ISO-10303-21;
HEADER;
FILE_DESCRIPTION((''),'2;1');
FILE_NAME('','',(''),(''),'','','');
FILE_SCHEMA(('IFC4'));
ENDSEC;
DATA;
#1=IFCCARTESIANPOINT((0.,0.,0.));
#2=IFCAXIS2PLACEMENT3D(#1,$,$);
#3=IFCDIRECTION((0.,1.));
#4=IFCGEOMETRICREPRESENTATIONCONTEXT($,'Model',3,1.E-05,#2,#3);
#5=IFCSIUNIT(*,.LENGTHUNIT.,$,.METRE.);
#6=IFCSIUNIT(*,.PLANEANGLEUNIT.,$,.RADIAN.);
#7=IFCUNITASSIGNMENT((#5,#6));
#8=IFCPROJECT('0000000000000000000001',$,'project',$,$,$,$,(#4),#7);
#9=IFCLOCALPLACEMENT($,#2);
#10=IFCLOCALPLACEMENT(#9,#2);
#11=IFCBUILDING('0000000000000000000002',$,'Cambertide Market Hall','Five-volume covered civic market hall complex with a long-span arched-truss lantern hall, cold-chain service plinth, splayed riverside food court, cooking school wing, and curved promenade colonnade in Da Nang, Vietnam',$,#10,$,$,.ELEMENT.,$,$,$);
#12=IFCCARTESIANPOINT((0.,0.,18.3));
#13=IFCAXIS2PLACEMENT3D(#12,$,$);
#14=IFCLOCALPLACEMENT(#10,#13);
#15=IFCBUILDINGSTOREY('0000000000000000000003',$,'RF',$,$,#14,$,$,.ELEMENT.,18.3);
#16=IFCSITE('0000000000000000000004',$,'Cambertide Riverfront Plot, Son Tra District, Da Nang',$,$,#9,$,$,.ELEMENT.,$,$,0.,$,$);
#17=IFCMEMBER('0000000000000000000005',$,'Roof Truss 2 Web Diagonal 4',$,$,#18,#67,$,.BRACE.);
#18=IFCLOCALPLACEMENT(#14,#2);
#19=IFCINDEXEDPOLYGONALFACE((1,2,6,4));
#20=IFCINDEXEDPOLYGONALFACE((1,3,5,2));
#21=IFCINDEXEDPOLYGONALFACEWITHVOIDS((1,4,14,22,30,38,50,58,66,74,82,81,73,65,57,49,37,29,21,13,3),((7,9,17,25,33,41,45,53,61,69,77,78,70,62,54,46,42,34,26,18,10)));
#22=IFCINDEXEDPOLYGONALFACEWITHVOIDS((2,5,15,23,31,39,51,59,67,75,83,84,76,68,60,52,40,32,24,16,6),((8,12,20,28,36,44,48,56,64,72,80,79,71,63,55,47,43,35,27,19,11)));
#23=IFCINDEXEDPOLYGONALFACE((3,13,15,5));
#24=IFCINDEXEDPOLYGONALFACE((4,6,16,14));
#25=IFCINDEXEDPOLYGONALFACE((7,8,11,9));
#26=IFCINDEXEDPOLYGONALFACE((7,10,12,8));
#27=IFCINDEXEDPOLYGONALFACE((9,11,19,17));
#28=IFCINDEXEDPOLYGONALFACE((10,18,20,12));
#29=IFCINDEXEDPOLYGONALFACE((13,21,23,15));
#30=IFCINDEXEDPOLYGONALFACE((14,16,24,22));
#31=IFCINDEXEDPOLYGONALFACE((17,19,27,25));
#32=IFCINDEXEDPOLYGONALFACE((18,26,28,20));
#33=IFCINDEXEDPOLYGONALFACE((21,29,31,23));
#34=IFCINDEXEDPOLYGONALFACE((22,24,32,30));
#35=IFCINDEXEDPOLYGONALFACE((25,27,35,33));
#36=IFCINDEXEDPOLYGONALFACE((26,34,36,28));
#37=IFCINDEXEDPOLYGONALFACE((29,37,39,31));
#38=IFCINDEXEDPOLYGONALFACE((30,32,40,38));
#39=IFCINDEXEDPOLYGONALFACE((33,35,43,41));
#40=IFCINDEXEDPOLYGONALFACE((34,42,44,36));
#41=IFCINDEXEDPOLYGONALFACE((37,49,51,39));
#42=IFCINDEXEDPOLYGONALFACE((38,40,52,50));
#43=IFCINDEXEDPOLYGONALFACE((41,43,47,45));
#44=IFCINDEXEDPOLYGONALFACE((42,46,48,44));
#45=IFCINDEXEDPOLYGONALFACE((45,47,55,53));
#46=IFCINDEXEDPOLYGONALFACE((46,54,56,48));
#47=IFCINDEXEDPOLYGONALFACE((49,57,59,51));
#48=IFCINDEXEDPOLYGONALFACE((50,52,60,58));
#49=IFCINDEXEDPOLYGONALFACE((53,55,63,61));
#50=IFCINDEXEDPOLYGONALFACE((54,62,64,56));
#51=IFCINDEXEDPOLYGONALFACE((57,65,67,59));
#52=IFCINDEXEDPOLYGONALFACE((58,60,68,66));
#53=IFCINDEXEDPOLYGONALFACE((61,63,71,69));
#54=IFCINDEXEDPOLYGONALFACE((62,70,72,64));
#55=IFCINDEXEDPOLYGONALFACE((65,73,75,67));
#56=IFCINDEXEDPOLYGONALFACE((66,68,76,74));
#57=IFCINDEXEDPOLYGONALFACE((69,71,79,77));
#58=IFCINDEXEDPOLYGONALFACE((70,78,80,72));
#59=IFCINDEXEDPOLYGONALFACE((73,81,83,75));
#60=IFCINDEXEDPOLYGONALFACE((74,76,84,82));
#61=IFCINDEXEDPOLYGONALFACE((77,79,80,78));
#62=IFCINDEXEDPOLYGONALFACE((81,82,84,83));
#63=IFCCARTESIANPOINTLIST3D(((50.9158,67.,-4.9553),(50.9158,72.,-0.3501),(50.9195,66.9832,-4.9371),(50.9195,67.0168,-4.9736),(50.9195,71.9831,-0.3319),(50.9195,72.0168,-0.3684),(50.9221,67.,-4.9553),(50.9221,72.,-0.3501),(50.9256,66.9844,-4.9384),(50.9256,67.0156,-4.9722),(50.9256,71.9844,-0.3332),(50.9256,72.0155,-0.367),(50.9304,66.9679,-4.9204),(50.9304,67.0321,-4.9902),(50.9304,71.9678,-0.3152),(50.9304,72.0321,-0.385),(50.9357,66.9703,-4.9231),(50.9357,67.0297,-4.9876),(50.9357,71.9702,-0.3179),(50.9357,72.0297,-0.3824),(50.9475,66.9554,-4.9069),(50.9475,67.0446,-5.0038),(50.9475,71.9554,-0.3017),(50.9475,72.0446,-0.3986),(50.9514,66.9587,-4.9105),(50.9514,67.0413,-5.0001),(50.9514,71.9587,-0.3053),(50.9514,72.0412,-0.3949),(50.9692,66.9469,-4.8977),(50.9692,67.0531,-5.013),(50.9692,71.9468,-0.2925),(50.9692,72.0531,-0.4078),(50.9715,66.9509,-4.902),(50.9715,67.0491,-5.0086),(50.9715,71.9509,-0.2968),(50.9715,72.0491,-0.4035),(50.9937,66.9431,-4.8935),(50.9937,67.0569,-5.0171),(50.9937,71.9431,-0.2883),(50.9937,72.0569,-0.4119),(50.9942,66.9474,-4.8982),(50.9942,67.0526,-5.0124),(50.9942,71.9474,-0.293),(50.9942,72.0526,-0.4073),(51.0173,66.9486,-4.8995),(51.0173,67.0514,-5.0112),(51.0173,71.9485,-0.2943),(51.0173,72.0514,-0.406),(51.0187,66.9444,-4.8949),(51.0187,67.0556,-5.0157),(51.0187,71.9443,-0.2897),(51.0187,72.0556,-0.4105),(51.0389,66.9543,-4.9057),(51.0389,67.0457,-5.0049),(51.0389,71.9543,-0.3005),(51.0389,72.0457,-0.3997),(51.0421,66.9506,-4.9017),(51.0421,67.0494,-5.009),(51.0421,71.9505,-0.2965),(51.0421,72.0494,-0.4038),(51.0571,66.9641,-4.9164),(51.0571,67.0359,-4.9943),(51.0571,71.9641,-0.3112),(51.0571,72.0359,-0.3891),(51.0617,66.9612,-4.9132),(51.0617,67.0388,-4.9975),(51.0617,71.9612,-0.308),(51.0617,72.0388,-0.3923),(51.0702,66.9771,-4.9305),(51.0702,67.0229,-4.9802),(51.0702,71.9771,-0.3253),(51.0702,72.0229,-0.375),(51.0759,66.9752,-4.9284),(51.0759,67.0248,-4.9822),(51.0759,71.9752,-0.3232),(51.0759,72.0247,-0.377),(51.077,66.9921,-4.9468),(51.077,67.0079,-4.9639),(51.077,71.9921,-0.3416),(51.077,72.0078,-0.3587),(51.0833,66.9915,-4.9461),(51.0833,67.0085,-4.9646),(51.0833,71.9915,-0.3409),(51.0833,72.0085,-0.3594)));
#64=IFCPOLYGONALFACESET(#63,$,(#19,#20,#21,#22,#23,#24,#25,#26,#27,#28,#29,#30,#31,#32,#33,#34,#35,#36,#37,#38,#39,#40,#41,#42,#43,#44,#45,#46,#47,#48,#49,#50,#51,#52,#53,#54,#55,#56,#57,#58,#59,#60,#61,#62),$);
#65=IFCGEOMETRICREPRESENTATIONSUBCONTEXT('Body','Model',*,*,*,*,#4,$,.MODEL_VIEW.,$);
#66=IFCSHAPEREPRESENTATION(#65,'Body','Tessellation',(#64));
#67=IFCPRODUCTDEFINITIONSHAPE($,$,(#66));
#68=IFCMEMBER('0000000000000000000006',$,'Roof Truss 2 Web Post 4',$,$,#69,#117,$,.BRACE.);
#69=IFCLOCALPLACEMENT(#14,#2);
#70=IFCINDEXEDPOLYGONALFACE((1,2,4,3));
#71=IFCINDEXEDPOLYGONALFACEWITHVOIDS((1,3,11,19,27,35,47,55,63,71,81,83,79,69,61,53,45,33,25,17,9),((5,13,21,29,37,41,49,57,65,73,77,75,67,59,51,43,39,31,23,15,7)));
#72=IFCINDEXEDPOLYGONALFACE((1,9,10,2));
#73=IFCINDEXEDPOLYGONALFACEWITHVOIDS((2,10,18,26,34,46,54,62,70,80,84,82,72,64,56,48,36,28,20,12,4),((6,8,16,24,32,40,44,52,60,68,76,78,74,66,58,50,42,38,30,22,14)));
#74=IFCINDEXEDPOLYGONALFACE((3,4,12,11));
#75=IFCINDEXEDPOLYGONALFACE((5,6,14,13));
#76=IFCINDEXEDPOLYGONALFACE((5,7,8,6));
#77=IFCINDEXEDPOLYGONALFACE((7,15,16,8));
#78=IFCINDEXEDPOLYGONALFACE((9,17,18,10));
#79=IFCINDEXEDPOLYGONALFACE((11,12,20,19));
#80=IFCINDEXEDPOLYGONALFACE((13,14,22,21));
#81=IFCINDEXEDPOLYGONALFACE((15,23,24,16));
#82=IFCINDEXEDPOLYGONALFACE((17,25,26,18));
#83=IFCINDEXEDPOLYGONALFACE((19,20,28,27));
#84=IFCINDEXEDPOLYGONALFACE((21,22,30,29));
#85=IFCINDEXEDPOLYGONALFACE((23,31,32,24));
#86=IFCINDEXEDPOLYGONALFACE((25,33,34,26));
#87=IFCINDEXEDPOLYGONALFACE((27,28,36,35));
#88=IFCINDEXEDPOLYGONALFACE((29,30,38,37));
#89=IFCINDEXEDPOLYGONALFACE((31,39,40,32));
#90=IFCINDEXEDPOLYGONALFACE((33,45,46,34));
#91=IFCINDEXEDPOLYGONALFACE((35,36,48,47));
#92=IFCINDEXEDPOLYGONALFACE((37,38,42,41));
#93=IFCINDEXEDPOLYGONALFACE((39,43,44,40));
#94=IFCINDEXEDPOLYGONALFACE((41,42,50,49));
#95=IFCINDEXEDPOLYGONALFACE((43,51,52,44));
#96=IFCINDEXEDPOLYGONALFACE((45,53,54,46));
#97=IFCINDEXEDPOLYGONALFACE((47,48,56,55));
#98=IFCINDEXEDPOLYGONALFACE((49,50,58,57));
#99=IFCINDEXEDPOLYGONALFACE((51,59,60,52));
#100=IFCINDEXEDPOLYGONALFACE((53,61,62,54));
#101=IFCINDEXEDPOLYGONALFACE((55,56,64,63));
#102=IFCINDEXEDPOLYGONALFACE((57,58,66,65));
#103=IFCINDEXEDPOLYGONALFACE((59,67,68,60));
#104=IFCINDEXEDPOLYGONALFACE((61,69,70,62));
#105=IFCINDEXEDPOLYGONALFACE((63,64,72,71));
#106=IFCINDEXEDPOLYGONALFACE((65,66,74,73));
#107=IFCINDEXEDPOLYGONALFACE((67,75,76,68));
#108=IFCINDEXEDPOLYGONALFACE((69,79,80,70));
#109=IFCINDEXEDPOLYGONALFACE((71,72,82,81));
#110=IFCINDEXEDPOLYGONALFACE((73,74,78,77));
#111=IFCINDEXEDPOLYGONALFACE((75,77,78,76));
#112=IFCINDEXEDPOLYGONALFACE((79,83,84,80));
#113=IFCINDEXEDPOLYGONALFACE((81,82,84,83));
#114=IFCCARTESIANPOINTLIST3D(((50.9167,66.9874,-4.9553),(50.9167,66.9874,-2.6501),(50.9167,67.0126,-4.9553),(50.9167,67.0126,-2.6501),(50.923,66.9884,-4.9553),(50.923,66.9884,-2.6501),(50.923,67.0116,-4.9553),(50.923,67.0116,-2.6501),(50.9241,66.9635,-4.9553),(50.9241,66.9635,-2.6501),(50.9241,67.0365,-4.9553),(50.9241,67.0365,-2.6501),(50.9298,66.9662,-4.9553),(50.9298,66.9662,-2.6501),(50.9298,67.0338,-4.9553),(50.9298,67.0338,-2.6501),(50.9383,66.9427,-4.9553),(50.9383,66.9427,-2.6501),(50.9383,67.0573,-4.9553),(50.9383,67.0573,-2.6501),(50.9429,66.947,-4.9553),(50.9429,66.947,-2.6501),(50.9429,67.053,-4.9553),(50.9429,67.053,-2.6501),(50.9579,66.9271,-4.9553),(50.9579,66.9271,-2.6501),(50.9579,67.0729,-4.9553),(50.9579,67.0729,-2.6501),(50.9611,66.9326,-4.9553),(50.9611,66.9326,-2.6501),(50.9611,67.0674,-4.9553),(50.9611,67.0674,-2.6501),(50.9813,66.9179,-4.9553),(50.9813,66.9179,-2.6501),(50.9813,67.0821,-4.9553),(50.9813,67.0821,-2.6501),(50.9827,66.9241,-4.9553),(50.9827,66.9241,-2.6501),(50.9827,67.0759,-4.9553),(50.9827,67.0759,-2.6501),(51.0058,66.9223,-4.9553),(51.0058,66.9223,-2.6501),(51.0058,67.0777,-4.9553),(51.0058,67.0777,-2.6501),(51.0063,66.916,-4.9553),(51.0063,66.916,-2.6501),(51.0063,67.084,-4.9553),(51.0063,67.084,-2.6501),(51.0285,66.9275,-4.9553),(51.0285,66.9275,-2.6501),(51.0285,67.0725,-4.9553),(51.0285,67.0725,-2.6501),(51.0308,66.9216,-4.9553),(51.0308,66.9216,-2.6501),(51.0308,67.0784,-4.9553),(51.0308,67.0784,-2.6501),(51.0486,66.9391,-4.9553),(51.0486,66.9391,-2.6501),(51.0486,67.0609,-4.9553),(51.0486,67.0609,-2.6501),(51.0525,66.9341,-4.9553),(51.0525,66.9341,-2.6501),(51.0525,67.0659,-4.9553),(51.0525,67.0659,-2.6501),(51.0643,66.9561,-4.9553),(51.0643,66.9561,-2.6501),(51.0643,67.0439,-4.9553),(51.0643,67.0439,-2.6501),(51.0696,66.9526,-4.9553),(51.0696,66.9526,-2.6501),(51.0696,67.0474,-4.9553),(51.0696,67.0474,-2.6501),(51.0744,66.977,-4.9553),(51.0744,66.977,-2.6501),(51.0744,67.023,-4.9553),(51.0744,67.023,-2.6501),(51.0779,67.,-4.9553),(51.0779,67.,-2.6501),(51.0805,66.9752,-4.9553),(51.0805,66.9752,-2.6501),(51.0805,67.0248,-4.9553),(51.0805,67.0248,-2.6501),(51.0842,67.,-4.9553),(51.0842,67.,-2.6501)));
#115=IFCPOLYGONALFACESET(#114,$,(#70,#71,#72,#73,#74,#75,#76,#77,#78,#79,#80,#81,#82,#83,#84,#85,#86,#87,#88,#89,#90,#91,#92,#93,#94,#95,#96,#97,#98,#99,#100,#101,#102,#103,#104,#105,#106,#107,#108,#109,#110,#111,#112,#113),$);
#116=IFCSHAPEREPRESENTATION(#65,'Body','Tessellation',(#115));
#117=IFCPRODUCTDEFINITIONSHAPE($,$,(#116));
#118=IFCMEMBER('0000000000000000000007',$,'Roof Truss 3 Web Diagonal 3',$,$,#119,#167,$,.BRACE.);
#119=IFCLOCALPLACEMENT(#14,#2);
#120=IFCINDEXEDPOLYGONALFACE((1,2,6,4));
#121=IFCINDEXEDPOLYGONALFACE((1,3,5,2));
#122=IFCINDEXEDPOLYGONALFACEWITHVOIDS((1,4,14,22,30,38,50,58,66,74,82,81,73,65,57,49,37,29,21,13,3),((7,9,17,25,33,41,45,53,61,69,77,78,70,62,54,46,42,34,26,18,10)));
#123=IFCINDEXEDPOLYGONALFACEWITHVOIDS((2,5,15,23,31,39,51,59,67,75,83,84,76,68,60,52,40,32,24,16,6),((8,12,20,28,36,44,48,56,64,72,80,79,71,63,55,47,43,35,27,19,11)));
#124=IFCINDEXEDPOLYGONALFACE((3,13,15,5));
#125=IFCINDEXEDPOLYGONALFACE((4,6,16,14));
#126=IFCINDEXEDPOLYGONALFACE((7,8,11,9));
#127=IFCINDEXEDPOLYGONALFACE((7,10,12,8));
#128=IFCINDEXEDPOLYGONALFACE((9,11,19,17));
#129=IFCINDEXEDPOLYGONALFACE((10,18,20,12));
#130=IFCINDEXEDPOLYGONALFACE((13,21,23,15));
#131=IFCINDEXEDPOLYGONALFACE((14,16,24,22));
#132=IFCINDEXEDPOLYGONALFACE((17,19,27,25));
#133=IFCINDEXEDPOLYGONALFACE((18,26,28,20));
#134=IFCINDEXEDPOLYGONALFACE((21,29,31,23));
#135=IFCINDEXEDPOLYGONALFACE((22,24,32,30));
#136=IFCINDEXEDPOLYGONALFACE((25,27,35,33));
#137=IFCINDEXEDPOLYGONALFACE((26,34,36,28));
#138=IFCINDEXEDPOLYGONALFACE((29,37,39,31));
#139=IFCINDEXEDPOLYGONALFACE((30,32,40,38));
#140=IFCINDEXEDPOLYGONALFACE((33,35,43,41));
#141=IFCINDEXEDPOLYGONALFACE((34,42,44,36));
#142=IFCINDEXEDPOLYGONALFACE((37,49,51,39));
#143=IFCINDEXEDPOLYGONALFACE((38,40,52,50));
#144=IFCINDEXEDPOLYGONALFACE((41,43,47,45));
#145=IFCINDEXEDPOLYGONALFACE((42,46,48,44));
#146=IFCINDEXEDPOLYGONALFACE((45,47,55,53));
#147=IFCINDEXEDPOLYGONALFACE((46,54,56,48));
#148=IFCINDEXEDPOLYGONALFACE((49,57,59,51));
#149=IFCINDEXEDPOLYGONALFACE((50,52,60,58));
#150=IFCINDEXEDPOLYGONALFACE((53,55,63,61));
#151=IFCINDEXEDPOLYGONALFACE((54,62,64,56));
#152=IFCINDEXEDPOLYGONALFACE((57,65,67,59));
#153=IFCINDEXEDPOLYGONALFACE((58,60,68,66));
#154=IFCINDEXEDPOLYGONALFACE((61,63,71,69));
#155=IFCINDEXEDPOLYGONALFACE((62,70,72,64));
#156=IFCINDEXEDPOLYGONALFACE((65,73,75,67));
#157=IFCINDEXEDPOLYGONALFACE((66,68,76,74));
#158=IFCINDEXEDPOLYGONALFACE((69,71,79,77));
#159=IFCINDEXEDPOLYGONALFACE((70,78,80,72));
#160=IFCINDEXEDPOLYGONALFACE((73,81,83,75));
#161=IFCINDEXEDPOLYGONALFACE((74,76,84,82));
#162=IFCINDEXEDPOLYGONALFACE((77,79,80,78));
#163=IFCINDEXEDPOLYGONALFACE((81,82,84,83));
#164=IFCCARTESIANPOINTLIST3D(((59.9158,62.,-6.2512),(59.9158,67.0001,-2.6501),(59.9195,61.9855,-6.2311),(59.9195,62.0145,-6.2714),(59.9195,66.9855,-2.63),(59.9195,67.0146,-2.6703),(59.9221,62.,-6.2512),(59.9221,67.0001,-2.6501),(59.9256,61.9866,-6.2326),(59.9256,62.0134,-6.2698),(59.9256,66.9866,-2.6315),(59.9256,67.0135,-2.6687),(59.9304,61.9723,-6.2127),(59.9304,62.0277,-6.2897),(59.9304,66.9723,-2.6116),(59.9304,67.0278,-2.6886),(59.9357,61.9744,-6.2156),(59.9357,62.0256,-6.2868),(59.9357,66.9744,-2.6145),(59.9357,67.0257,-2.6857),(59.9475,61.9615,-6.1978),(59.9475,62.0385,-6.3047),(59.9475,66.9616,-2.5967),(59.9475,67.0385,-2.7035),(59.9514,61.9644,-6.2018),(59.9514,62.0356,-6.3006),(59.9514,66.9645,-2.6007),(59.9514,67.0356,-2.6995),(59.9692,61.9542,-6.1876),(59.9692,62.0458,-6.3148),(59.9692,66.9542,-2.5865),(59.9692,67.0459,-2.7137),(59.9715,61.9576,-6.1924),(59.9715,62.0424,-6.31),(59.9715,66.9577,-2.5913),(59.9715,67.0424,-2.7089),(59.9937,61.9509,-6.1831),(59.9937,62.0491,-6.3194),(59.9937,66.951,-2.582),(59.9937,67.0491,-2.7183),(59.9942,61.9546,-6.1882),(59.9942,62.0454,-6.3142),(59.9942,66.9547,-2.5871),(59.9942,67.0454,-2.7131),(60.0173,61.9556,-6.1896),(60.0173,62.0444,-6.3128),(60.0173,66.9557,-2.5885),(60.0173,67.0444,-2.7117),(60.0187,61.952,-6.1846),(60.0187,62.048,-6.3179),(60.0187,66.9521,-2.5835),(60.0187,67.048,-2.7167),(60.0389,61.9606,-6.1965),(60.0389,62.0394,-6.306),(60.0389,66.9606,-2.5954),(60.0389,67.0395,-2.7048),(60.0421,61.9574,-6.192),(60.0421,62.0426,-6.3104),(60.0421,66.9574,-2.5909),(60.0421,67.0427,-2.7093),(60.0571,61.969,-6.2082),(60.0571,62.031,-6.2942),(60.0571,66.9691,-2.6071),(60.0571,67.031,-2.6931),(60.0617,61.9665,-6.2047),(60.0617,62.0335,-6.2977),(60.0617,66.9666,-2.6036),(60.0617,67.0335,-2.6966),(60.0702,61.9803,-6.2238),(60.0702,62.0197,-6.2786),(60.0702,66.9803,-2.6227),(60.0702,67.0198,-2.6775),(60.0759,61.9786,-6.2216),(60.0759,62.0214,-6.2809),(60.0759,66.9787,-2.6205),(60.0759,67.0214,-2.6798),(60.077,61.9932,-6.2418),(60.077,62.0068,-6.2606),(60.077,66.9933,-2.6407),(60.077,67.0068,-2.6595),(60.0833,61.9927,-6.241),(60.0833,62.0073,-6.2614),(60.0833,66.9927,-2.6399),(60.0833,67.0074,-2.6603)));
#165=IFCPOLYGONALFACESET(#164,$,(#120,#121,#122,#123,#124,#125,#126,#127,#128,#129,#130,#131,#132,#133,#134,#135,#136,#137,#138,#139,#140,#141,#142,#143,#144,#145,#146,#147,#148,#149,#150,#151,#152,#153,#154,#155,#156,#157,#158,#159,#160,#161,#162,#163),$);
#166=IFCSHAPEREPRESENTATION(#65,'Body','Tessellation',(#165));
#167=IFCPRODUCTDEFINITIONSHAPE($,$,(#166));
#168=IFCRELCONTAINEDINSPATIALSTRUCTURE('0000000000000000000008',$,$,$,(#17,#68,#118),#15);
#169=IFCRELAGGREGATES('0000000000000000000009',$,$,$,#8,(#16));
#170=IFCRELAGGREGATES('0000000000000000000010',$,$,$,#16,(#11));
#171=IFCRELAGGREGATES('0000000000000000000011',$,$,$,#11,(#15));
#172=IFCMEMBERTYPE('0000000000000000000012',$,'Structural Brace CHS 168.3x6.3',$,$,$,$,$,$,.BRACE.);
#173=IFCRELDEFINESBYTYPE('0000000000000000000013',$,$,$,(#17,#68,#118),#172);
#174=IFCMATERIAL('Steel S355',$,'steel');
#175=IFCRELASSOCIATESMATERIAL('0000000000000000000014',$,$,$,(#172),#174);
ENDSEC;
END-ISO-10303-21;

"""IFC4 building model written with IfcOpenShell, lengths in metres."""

from ifc_helpers import new_model, si_unit, direction, frame, origin, origin_2d, place, context, subcontext, project, spatial, hollow_circle, extrude, material, material_profile, profile_set, type_object, element, save


model = new_model("IFC4")

# Units and contexts
model_context = context("Model", 3, precision=1e-05, world=origin(), true_north=direction((0.0, 1.0)))
body_context = subcontext(model_context, "Body", "Model", "MODEL_VIEW")
ifc_project = project(units=[si_unit("LENGTHUNIT", "METRE"), si_unit("PLANEANGLEUNIT", "RADIAN")], contexts=[model_context])

# Site, building, storey
site_placement = place(None, origin())
site = spatial("IfcSite", under=ifc_project, at=site_placement, Name="Cambertide Riverfront Plot, Son Tra District, Da Nang", CompositionType="ELEMENT", RefElevation=0.0)
building_placement = place(site_placement, origin())
building = spatial("IfcBuilding", under=site, at=building_placement, Name="Cambertide Market Hall", Description="Five-volume covered civic market hall complex with a long-span arched-truss lantern hall, cold-chain service plinth, splayed riverside food court, cooking school wing, and curved promenade colonnade in Da Nang, Vietnam", CompositionType="ELEMENT")
storey_placement = place(building_placement, frame((0.0, 0.0, 18.3)))
storey = spatial("IfcBuildingStorey", under=building, at=storey_placement, Name="RF", CompositionType="ELEMENT", Elevation=18.3)

# Members
ifc_material_1 = material(Name="Steel S355", Category="steel")
ifc_material_profile_1 = material_profile(ifc_material_1, hollow_circle(Radius=0.0842, WallThickness=0.0063, at=origin_2d()), Name="CHS 168.3x6.3")
ifc_profile_set_1 = profile_set([ifc_material_profile_1], Name="Steel S355")
member_type_1 = type_object("IfcMemberType", Name="Structural Brace CHS 168.3x6.3", PredefinedType="BRACE", material=ifc_profile_set_1)
member_1_placement = place(storey_placement, frame((51.0, 67.0, -4.9553), z_axis=(0.0, 0.735548, 0.677473), x_axis=(-1.0, 0.0, 0.0)))
element("IfcMember", 1, at=member_1_placement, inside=storey, type_object=member_type_1, Name="Roof Truss 2 Web Diagonal 4", PredefinedType="BRACE", context=body_context, shape_type="SweptSolid", body=[
    extrude(hollow_circle(Radius=0.0842, WallThickness=0.0063, at=origin_2d()), origin(), (0.0, 0.0, 1.0), 6.7976),
])
member_2_placement = place(storey_placement, frame((51.0, 67.0, -4.9553), z_axis=(0.0, 0.0, 1.0), x_axis=(1.0, 0.0, 0.0)))
element("IfcMember", 2, at=member_2_placement, inside=storey, type_object=member_type_1, Name="Roof Truss 2 Web Post 4", PredefinedType="BRACE", context=body_context, shape_type="SweptSolid", body=[
    extrude(hollow_circle(Radius=0.0842, WallThickness=0.0063, at=origin_2d()), origin(), (0.0, 0.0, 1.0), 2.3052),
])
member_3_placement = place(storey_placement, frame((60.0, 62.0, -6.2512), z_axis=(0.0, 0.811452, 0.58442), x_axis=(-1.0, 0.0, 0.0)))
element("IfcMember", 3, at=member_3_placement, inside=storey, type_object=member_type_1, Name="Roof Truss 3 Web Diagonal 3", PredefinedType="BRACE", context=body_context, shape_type="SweptSolid", body=[
    extrude(hollow_circle(Radius=0.0842, WallThickness=0.0063, at=origin_2d()), origin(), (0.0, 0.0, 1.0), 6.1619),
])

save(model, "model.ifc")
